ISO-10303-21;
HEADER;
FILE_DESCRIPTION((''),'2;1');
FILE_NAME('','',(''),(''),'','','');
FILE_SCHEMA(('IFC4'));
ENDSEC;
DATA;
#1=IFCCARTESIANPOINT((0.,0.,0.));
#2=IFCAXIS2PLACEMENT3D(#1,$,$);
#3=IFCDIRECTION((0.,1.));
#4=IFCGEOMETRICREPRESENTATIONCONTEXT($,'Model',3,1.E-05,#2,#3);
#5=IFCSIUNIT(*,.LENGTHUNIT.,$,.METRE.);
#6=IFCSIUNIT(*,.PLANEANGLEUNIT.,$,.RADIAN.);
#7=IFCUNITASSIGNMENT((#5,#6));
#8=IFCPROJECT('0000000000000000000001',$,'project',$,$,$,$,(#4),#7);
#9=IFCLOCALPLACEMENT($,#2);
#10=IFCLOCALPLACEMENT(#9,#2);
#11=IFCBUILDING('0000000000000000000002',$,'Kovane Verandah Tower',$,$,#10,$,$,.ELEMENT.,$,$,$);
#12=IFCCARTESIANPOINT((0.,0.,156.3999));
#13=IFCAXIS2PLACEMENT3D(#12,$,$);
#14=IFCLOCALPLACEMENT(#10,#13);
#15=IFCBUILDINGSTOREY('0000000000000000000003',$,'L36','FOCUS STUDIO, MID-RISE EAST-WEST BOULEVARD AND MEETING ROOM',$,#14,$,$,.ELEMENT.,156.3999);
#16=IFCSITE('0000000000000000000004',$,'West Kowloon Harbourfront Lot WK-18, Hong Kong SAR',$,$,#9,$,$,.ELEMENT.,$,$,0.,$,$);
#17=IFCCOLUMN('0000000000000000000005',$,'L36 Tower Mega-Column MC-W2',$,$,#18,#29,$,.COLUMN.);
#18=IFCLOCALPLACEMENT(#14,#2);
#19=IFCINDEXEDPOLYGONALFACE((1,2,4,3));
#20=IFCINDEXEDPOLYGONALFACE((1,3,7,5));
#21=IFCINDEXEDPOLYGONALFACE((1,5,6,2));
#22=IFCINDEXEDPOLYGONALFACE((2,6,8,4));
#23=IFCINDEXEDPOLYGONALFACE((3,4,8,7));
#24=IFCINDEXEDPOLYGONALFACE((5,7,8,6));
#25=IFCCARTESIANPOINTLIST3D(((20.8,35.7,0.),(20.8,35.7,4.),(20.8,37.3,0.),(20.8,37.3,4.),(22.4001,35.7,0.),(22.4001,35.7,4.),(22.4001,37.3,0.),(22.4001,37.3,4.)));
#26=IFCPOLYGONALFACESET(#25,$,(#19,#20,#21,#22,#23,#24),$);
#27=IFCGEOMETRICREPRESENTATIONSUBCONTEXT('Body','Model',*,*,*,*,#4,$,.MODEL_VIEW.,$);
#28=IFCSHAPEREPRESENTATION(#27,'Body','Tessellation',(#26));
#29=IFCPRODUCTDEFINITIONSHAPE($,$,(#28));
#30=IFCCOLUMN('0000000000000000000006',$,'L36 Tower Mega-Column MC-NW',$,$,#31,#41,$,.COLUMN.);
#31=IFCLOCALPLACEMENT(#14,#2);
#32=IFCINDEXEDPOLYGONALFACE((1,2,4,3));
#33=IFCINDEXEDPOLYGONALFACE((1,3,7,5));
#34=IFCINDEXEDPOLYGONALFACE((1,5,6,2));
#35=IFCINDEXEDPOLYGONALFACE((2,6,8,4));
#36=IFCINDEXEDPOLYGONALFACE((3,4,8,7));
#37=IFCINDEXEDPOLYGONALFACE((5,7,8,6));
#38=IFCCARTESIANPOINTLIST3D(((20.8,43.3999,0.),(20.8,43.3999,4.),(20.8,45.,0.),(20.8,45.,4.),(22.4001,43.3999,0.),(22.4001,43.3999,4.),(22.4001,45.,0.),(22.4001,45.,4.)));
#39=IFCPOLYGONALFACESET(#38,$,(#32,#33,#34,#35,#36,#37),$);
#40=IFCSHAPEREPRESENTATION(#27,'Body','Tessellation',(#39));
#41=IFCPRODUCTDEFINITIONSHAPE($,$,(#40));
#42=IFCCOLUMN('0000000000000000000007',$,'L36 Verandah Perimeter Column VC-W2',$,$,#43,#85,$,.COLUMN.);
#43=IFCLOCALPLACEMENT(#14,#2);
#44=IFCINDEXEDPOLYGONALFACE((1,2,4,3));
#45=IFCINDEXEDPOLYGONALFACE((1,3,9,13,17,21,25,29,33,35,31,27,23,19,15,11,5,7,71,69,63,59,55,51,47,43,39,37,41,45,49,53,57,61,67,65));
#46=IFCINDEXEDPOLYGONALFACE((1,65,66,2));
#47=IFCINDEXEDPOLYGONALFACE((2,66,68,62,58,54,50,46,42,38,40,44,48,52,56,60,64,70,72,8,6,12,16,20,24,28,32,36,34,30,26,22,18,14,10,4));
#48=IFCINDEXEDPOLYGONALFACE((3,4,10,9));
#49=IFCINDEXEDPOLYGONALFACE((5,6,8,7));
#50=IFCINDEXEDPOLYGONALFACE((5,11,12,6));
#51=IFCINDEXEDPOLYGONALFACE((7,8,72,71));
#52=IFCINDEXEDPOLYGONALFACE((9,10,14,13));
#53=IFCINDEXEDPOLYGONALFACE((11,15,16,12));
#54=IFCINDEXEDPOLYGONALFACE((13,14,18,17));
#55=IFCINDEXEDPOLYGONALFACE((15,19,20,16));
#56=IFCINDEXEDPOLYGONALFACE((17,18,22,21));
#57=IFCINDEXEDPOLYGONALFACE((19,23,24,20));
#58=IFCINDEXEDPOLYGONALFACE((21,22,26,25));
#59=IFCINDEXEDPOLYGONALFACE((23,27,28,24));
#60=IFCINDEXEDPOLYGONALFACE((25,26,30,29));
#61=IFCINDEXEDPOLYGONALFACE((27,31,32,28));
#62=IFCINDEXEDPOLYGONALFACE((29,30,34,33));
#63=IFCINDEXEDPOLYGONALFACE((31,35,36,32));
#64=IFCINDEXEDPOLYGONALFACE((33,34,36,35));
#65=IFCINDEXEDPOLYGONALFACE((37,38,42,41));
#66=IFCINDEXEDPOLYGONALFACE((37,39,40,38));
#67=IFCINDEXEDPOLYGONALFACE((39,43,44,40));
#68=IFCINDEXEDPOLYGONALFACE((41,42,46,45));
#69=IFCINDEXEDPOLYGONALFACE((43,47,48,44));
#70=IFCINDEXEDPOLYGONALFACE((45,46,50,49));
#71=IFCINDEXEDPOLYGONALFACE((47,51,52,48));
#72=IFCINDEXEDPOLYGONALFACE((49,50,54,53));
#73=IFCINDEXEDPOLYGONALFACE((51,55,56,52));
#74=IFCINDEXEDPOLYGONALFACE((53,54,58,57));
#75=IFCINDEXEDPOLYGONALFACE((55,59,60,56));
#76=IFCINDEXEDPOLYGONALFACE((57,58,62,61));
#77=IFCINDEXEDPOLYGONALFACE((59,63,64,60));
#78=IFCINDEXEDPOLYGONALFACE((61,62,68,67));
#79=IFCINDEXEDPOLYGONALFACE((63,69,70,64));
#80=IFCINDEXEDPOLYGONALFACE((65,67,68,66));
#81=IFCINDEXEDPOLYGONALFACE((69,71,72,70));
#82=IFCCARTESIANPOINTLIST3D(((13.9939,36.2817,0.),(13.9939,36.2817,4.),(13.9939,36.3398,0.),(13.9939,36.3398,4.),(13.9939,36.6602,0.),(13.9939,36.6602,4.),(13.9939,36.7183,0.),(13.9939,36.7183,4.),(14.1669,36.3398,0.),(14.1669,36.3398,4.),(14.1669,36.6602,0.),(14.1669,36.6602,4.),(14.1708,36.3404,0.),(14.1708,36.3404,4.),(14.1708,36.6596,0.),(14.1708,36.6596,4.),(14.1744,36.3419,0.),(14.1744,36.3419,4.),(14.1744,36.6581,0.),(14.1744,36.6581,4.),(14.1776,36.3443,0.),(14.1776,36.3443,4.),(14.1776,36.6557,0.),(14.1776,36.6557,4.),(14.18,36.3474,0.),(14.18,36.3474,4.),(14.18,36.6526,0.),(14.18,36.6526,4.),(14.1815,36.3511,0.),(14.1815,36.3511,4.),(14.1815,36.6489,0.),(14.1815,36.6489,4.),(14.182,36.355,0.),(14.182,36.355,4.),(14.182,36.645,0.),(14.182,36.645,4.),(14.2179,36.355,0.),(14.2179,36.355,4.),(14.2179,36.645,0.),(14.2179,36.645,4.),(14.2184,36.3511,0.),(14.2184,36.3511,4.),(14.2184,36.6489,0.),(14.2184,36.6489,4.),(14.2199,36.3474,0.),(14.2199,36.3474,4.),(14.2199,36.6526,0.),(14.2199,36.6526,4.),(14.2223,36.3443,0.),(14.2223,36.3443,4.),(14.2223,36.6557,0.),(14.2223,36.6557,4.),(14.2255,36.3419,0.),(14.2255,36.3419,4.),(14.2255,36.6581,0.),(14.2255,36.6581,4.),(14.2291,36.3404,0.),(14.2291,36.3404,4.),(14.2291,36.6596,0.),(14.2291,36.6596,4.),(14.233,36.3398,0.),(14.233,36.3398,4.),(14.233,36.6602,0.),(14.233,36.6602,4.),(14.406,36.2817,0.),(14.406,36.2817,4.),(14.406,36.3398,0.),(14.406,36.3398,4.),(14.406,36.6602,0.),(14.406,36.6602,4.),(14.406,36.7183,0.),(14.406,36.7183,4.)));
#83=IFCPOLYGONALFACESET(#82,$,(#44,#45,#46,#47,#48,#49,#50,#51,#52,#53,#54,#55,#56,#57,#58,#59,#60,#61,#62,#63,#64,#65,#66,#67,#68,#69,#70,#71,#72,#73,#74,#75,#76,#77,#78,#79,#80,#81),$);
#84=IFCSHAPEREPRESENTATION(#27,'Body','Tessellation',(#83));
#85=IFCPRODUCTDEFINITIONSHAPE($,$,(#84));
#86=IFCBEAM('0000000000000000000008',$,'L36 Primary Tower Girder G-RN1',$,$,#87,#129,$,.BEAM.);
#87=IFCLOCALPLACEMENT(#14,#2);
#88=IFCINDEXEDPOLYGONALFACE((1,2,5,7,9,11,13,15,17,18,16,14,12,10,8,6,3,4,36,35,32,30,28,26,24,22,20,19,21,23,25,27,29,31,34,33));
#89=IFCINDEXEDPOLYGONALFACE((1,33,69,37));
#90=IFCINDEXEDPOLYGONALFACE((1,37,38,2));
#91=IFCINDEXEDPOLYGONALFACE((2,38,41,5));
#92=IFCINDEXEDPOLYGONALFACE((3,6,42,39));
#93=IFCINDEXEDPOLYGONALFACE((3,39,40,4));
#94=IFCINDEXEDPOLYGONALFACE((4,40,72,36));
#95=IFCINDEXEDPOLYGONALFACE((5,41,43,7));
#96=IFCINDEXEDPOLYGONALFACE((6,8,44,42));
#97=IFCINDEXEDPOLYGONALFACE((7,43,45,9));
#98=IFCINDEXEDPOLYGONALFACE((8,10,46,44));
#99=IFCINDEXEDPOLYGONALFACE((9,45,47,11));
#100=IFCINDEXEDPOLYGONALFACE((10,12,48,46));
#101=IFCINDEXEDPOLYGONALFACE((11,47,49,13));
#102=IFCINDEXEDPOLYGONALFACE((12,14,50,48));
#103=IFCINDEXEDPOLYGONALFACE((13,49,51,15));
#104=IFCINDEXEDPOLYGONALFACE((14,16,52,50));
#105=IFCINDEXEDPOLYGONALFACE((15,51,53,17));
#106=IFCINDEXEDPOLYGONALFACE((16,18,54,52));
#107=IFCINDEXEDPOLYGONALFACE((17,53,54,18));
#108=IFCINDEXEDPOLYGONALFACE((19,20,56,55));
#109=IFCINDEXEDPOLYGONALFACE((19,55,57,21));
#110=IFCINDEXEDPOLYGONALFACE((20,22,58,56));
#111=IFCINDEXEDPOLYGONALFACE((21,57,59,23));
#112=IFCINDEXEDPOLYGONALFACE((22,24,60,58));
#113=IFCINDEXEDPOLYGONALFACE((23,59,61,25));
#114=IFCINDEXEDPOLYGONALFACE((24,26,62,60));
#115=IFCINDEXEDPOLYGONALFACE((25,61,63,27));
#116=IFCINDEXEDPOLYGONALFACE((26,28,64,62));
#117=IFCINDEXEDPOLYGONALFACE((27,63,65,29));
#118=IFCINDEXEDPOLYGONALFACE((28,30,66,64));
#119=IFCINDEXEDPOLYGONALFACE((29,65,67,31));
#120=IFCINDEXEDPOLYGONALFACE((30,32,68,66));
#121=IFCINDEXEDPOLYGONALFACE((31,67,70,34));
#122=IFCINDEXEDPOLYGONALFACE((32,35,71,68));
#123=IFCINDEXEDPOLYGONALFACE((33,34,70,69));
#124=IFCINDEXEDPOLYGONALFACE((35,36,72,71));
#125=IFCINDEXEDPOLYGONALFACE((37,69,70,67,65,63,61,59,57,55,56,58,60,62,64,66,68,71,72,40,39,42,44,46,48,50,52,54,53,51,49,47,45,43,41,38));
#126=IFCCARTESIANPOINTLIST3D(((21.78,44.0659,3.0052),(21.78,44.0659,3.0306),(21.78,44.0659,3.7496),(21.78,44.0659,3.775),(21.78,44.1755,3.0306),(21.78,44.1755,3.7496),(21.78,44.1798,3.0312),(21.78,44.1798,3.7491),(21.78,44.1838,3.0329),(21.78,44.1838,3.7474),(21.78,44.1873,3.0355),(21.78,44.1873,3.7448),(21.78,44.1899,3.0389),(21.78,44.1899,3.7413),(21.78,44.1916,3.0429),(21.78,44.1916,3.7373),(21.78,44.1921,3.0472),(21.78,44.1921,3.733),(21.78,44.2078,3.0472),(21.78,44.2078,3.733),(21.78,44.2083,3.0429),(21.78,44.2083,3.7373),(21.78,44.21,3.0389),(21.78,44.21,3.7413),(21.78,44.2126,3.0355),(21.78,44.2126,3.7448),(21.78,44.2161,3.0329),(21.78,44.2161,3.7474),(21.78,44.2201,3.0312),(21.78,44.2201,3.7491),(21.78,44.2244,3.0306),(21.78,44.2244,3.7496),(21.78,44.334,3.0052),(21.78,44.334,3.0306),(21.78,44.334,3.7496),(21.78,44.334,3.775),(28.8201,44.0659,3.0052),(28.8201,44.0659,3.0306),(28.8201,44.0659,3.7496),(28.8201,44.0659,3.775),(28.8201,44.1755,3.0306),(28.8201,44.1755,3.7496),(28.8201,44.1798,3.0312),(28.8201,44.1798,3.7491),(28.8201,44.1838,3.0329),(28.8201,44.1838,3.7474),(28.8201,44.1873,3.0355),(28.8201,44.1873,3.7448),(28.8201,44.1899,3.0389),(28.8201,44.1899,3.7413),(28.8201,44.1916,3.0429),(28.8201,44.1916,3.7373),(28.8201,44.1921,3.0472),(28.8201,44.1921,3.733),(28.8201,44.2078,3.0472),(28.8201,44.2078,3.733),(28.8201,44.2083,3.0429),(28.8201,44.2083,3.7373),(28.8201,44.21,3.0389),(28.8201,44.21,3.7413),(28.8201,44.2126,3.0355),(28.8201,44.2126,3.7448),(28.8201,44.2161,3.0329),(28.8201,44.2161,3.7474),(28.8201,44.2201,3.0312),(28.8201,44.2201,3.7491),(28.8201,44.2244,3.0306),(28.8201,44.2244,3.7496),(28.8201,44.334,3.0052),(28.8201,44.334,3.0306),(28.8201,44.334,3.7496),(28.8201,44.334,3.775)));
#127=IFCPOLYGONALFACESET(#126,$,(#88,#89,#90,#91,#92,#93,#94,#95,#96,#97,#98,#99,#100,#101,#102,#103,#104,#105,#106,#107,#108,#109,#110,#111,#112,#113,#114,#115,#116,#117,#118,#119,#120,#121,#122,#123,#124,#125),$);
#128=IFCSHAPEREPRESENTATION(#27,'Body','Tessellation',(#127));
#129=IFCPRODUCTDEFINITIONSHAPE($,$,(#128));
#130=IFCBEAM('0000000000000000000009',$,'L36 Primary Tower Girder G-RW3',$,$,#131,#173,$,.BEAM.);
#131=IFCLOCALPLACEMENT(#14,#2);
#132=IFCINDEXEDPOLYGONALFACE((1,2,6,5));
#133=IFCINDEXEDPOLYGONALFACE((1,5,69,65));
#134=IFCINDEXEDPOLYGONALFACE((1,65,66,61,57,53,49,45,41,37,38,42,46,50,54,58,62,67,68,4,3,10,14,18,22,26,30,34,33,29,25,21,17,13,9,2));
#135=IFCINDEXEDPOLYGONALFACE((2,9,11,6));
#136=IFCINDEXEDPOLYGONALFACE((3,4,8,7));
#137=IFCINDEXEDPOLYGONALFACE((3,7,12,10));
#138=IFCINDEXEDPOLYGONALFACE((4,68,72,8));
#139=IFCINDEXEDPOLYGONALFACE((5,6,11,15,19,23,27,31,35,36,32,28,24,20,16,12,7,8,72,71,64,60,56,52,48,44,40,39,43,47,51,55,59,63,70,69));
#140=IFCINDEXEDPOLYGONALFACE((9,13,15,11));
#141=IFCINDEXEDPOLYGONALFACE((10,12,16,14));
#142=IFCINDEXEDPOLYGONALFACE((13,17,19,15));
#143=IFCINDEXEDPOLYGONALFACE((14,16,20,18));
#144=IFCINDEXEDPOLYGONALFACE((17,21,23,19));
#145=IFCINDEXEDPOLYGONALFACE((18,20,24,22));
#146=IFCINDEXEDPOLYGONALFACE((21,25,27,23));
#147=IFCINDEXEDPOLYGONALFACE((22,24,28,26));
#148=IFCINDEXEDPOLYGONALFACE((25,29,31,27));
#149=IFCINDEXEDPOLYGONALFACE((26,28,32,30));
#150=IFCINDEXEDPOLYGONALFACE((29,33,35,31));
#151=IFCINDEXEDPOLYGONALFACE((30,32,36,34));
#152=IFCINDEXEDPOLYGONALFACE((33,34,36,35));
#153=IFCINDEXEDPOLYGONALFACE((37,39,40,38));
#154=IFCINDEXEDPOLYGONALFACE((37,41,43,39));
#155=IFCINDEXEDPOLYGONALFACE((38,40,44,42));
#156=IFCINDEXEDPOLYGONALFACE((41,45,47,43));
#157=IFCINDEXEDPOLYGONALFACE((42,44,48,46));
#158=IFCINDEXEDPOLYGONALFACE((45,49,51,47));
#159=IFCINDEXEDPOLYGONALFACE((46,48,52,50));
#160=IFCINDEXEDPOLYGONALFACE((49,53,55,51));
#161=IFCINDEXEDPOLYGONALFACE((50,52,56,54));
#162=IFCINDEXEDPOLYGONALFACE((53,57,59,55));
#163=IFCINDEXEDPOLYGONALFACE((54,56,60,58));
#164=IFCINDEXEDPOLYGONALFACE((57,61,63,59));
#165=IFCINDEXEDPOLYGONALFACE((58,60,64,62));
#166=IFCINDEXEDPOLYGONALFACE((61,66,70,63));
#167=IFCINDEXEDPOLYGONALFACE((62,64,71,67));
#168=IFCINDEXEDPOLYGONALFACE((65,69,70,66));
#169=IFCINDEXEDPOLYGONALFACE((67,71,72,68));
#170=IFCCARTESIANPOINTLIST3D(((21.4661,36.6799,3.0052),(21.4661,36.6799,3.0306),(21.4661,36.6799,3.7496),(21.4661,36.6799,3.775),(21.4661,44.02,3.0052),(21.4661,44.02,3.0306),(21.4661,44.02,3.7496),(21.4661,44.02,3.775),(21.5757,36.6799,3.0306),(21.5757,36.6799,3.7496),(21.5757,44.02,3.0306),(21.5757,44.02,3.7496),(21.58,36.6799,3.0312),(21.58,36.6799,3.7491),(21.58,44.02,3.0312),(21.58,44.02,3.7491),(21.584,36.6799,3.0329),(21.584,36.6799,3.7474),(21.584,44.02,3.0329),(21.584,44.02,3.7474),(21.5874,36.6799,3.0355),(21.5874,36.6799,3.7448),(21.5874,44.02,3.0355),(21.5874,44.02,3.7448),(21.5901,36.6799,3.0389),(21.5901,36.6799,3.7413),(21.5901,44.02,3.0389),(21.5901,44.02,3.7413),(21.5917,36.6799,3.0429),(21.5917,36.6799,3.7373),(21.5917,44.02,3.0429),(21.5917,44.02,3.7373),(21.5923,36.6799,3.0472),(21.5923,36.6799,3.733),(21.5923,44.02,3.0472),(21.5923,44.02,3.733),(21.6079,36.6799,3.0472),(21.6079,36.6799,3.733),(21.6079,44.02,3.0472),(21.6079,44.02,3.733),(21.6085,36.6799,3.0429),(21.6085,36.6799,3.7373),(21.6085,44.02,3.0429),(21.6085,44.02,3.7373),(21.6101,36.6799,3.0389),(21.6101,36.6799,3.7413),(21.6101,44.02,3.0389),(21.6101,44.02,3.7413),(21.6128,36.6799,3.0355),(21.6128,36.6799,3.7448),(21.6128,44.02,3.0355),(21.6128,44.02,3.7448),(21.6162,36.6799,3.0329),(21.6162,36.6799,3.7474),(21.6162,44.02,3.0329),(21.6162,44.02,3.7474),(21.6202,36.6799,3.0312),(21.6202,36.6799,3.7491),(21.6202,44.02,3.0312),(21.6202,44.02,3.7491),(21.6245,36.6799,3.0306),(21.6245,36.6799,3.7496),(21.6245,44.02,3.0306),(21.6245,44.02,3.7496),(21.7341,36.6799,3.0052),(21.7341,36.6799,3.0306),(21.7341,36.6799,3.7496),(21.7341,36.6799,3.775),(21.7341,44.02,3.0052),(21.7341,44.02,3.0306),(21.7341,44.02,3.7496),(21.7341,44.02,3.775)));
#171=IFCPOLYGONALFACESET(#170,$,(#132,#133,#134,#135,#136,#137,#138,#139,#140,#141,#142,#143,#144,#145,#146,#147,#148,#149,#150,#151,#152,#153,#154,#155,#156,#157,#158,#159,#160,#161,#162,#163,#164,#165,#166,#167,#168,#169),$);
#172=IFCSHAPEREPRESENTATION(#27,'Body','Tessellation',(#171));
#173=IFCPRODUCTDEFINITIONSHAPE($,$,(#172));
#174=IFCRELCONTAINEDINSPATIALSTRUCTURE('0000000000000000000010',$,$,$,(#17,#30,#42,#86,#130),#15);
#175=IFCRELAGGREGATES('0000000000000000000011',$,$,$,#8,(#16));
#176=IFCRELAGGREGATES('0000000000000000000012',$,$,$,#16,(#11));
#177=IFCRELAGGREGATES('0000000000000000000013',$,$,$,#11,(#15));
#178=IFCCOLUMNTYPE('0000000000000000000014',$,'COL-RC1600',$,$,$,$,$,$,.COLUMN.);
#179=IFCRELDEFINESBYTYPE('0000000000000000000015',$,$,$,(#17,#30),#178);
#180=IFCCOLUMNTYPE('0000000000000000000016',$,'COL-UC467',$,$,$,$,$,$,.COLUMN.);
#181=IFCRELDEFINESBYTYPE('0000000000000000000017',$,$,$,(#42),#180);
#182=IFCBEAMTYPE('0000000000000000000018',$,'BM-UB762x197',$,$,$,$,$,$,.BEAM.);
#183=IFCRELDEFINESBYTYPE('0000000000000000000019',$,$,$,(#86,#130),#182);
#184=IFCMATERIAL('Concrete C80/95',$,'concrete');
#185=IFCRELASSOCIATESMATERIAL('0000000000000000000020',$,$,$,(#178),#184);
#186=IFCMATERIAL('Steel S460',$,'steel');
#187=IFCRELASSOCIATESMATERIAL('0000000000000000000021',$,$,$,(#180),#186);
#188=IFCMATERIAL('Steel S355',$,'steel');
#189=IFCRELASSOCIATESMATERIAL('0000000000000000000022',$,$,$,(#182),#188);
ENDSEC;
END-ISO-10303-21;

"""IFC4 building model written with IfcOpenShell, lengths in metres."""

from ifc_helpers import new_model, si_unit, direction, frame, origin, origin_2d, place, context, subcontext, project, spatial, rectangle, i_section, extrude, material, material_profile, profile_set, type_object, element, save


model = new_model("IFC4")

# Units and contexts
model_context = context("Model", 3, precision=1e-05, world=origin(), true_north=direction((0.0, 1.0)))
body_context = subcontext(model_context, "Body", "Model", "MODEL_VIEW")
ifc_project = project(units=[si_unit("LENGTHUNIT", "METRE"), si_unit("PLANEANGLEUNIT", "RADIAN")], contexts=[model_context])

# Site, building, storey
site_placement = place(None, origin())
site = spatial("IfcSite", under=ifc_project, at=site_placement, Name="West Kowloon Harbourfront Lot WK-18, Hong Kong SAR", CompositionType="ELEMENT", RefElevation=0.0)
building_placement = place(site_placement, origin())
building = spatial("IfcBuilding", under=site, at=building_placement, Name="Kovane Verandah Tower", CompositionType="ELEMENT")
storey_placement = place(building_placement, frame((0.0, 0.0, 156.3999)))
storey = spatial("IfcBuildingStorey", under=building, at=storey_placement, Name="L36", Description="FOCUS STUDIO, MID-RISE EAST-WEST BOULEVARD AND MEETING ROOM", CompositionType="ELEMENT", Elevation=156.3999)

# Columns
ifc_material_1 = material(Name="Concrete C80/95", Category="concrete")
ifc_material_profile_1 = material_profile(ifc_material_1, rectangle(XDim=1.6001, YDim=1.6001, at=origin_2d()), Name="RC1600x1600")
ifc_profile_set_1 = profile_set([ifc_material_profile_1], Name="Concrete C80/95")
column_type_1 = type_object("IfcColumnType", Name="COL-RC1600", PredefinedType="COLUMN", material=ifc_profile_set_1)
for number, where, z_axis, x_axis, name in (
    (1, (21.6001, 36.5, 0.0), (0.0, 0.0, 1.0), (1.0, 0.0, 0.0), "L36 Tower Mega-Column MC-W2"),
    (2, (21.6001, 44.2, 0.0), (0.0, 0.0, 1.0), (1.0, 0.0, 0.0), "L36 Tower Mega-Column MC-NW"),
):
    element("IfcColumn", number, at=place(storey_placement, frame(where, z_axis=z_axis, x_axis=x_axis)), inside=storey, type_object=column_type_1, Name=name, PredefinedType="COLUMN", context=body_context, shape_type="SweptSolid", body=[
        extrude(rectangle(XDim=1.6001, YDim=1.6001, at=origin_2d()), origin(), (0.0, 0.0, 1.0), 4.0),
    ])
ifc_material_2 = material(Name="Steel S460", Category="steel")
ifc_material_profile_2 = material_profile(ifc_material_2, i_section(OverallWidth=0.4121, OverallDepth=0.4365, WebThickness=0.0359, FlangeThickness=0.0581, FilletRadius=0.0151, at=origin_2d()), Name="UC356x406x467")
ifc_profile_set_2 = profile_set([ifc_material_profile_2], Name="Steel S460")
column_type_2 = type_object("IfcColumnType", Name="COL-UC467", PredefinedType="COLUMN", material=ifc_profile_set_2)
column_placement = place(storey_placement, frame((14.2, 36.5, 0.0), z_axis=(0.0, 0.0, 1.0), x_axis=(1.0, 0.0, 0.0)))
element("IfcColumn", 3, at=column_placement, inside=storey, type_object=column_type_2, Name="L36 Verandah Perimeter Column VC-W2", PredefinedType="COLUMN", context=body_context, shape_type="SweptSolid", body=[
    extrude(i_section(OverallWidth=0.4121, OverallDepth=0.4365, WebThickness=0.0359, FlangeThickness=0.0581, FilletRadius=0.0151, at=origin_2d()), origin(), (0.0, 0.0, 1.0), 4.0),
])

# Beams
ifc_material_3 = material(Name="Steel S355", Category="steel")
ifc_material_profile_3 = material_profile(ifc_material_3, i_section(OverallWidth=0.2681, OverallDepth=0.7698, WebThickness=0.0156, FlangeThickness=0.0254, FilletRadius=0.0166, at=origin_2d()), Name="UB762x267x197")
ifc_profile_set_3 = profile_set([ifc_material_profile_3], Name="Steel S355")
beam_type_1 = type_object("IfcBeamType", Name="BM-UB762x197", PredefinedType="BEAM", material=ifc_profile_set_3)
beam_1_placement = place(storey_placement, frame((21.78, 44.2, 3.3901), z_axis=(1.0, 0.0, 0.0), x_axis=(0.0, 1.0, 0.0)))
element("IfcBeam", 4, at=beam_1_placement, inside=storey, type_object=beam_type_1, Name="L36 Primary Tower Girder G-RN1", PredefinedType="BEAM", context=body_context, shape_type="SweptSolid", body=[
    extrude(i_section(OverallWidth=0.2681, OverallDepth=0.7698, WebThickness=0.0156, FlangeThickness=0.0254, FilletRadius=0.0166, at=origin_2d()), origin(), (0.0, 0.0, 1.0), 7.04),
])
beam_2_placement = place(storey_placement, frame((21.6001, 36.6799, 3.3901), z_axis=(0.0, 1.0, 0.0), x_axis=(-1.0, 0.0, 0.0)))
element("IfcBeam", 5, at=beam_2_placement, inside=storey, type_object=beam_type_1, Name="L36 Primary Tower Girder G-RW3", PredefinedType="BEAM", context=body_context, shape_type="SweptSolid", body=[
    extrude(i_section(OverallWidth=0.2681, OverallDepth=0.7698, WebThickness=0.0156, FlangeThickness=0.0254, FilletRadius=0.0166, at=origin_2d()), origin(), (0.0, 0.0, 1.0), 7.3401),
])

save(model, "model.ifc")
